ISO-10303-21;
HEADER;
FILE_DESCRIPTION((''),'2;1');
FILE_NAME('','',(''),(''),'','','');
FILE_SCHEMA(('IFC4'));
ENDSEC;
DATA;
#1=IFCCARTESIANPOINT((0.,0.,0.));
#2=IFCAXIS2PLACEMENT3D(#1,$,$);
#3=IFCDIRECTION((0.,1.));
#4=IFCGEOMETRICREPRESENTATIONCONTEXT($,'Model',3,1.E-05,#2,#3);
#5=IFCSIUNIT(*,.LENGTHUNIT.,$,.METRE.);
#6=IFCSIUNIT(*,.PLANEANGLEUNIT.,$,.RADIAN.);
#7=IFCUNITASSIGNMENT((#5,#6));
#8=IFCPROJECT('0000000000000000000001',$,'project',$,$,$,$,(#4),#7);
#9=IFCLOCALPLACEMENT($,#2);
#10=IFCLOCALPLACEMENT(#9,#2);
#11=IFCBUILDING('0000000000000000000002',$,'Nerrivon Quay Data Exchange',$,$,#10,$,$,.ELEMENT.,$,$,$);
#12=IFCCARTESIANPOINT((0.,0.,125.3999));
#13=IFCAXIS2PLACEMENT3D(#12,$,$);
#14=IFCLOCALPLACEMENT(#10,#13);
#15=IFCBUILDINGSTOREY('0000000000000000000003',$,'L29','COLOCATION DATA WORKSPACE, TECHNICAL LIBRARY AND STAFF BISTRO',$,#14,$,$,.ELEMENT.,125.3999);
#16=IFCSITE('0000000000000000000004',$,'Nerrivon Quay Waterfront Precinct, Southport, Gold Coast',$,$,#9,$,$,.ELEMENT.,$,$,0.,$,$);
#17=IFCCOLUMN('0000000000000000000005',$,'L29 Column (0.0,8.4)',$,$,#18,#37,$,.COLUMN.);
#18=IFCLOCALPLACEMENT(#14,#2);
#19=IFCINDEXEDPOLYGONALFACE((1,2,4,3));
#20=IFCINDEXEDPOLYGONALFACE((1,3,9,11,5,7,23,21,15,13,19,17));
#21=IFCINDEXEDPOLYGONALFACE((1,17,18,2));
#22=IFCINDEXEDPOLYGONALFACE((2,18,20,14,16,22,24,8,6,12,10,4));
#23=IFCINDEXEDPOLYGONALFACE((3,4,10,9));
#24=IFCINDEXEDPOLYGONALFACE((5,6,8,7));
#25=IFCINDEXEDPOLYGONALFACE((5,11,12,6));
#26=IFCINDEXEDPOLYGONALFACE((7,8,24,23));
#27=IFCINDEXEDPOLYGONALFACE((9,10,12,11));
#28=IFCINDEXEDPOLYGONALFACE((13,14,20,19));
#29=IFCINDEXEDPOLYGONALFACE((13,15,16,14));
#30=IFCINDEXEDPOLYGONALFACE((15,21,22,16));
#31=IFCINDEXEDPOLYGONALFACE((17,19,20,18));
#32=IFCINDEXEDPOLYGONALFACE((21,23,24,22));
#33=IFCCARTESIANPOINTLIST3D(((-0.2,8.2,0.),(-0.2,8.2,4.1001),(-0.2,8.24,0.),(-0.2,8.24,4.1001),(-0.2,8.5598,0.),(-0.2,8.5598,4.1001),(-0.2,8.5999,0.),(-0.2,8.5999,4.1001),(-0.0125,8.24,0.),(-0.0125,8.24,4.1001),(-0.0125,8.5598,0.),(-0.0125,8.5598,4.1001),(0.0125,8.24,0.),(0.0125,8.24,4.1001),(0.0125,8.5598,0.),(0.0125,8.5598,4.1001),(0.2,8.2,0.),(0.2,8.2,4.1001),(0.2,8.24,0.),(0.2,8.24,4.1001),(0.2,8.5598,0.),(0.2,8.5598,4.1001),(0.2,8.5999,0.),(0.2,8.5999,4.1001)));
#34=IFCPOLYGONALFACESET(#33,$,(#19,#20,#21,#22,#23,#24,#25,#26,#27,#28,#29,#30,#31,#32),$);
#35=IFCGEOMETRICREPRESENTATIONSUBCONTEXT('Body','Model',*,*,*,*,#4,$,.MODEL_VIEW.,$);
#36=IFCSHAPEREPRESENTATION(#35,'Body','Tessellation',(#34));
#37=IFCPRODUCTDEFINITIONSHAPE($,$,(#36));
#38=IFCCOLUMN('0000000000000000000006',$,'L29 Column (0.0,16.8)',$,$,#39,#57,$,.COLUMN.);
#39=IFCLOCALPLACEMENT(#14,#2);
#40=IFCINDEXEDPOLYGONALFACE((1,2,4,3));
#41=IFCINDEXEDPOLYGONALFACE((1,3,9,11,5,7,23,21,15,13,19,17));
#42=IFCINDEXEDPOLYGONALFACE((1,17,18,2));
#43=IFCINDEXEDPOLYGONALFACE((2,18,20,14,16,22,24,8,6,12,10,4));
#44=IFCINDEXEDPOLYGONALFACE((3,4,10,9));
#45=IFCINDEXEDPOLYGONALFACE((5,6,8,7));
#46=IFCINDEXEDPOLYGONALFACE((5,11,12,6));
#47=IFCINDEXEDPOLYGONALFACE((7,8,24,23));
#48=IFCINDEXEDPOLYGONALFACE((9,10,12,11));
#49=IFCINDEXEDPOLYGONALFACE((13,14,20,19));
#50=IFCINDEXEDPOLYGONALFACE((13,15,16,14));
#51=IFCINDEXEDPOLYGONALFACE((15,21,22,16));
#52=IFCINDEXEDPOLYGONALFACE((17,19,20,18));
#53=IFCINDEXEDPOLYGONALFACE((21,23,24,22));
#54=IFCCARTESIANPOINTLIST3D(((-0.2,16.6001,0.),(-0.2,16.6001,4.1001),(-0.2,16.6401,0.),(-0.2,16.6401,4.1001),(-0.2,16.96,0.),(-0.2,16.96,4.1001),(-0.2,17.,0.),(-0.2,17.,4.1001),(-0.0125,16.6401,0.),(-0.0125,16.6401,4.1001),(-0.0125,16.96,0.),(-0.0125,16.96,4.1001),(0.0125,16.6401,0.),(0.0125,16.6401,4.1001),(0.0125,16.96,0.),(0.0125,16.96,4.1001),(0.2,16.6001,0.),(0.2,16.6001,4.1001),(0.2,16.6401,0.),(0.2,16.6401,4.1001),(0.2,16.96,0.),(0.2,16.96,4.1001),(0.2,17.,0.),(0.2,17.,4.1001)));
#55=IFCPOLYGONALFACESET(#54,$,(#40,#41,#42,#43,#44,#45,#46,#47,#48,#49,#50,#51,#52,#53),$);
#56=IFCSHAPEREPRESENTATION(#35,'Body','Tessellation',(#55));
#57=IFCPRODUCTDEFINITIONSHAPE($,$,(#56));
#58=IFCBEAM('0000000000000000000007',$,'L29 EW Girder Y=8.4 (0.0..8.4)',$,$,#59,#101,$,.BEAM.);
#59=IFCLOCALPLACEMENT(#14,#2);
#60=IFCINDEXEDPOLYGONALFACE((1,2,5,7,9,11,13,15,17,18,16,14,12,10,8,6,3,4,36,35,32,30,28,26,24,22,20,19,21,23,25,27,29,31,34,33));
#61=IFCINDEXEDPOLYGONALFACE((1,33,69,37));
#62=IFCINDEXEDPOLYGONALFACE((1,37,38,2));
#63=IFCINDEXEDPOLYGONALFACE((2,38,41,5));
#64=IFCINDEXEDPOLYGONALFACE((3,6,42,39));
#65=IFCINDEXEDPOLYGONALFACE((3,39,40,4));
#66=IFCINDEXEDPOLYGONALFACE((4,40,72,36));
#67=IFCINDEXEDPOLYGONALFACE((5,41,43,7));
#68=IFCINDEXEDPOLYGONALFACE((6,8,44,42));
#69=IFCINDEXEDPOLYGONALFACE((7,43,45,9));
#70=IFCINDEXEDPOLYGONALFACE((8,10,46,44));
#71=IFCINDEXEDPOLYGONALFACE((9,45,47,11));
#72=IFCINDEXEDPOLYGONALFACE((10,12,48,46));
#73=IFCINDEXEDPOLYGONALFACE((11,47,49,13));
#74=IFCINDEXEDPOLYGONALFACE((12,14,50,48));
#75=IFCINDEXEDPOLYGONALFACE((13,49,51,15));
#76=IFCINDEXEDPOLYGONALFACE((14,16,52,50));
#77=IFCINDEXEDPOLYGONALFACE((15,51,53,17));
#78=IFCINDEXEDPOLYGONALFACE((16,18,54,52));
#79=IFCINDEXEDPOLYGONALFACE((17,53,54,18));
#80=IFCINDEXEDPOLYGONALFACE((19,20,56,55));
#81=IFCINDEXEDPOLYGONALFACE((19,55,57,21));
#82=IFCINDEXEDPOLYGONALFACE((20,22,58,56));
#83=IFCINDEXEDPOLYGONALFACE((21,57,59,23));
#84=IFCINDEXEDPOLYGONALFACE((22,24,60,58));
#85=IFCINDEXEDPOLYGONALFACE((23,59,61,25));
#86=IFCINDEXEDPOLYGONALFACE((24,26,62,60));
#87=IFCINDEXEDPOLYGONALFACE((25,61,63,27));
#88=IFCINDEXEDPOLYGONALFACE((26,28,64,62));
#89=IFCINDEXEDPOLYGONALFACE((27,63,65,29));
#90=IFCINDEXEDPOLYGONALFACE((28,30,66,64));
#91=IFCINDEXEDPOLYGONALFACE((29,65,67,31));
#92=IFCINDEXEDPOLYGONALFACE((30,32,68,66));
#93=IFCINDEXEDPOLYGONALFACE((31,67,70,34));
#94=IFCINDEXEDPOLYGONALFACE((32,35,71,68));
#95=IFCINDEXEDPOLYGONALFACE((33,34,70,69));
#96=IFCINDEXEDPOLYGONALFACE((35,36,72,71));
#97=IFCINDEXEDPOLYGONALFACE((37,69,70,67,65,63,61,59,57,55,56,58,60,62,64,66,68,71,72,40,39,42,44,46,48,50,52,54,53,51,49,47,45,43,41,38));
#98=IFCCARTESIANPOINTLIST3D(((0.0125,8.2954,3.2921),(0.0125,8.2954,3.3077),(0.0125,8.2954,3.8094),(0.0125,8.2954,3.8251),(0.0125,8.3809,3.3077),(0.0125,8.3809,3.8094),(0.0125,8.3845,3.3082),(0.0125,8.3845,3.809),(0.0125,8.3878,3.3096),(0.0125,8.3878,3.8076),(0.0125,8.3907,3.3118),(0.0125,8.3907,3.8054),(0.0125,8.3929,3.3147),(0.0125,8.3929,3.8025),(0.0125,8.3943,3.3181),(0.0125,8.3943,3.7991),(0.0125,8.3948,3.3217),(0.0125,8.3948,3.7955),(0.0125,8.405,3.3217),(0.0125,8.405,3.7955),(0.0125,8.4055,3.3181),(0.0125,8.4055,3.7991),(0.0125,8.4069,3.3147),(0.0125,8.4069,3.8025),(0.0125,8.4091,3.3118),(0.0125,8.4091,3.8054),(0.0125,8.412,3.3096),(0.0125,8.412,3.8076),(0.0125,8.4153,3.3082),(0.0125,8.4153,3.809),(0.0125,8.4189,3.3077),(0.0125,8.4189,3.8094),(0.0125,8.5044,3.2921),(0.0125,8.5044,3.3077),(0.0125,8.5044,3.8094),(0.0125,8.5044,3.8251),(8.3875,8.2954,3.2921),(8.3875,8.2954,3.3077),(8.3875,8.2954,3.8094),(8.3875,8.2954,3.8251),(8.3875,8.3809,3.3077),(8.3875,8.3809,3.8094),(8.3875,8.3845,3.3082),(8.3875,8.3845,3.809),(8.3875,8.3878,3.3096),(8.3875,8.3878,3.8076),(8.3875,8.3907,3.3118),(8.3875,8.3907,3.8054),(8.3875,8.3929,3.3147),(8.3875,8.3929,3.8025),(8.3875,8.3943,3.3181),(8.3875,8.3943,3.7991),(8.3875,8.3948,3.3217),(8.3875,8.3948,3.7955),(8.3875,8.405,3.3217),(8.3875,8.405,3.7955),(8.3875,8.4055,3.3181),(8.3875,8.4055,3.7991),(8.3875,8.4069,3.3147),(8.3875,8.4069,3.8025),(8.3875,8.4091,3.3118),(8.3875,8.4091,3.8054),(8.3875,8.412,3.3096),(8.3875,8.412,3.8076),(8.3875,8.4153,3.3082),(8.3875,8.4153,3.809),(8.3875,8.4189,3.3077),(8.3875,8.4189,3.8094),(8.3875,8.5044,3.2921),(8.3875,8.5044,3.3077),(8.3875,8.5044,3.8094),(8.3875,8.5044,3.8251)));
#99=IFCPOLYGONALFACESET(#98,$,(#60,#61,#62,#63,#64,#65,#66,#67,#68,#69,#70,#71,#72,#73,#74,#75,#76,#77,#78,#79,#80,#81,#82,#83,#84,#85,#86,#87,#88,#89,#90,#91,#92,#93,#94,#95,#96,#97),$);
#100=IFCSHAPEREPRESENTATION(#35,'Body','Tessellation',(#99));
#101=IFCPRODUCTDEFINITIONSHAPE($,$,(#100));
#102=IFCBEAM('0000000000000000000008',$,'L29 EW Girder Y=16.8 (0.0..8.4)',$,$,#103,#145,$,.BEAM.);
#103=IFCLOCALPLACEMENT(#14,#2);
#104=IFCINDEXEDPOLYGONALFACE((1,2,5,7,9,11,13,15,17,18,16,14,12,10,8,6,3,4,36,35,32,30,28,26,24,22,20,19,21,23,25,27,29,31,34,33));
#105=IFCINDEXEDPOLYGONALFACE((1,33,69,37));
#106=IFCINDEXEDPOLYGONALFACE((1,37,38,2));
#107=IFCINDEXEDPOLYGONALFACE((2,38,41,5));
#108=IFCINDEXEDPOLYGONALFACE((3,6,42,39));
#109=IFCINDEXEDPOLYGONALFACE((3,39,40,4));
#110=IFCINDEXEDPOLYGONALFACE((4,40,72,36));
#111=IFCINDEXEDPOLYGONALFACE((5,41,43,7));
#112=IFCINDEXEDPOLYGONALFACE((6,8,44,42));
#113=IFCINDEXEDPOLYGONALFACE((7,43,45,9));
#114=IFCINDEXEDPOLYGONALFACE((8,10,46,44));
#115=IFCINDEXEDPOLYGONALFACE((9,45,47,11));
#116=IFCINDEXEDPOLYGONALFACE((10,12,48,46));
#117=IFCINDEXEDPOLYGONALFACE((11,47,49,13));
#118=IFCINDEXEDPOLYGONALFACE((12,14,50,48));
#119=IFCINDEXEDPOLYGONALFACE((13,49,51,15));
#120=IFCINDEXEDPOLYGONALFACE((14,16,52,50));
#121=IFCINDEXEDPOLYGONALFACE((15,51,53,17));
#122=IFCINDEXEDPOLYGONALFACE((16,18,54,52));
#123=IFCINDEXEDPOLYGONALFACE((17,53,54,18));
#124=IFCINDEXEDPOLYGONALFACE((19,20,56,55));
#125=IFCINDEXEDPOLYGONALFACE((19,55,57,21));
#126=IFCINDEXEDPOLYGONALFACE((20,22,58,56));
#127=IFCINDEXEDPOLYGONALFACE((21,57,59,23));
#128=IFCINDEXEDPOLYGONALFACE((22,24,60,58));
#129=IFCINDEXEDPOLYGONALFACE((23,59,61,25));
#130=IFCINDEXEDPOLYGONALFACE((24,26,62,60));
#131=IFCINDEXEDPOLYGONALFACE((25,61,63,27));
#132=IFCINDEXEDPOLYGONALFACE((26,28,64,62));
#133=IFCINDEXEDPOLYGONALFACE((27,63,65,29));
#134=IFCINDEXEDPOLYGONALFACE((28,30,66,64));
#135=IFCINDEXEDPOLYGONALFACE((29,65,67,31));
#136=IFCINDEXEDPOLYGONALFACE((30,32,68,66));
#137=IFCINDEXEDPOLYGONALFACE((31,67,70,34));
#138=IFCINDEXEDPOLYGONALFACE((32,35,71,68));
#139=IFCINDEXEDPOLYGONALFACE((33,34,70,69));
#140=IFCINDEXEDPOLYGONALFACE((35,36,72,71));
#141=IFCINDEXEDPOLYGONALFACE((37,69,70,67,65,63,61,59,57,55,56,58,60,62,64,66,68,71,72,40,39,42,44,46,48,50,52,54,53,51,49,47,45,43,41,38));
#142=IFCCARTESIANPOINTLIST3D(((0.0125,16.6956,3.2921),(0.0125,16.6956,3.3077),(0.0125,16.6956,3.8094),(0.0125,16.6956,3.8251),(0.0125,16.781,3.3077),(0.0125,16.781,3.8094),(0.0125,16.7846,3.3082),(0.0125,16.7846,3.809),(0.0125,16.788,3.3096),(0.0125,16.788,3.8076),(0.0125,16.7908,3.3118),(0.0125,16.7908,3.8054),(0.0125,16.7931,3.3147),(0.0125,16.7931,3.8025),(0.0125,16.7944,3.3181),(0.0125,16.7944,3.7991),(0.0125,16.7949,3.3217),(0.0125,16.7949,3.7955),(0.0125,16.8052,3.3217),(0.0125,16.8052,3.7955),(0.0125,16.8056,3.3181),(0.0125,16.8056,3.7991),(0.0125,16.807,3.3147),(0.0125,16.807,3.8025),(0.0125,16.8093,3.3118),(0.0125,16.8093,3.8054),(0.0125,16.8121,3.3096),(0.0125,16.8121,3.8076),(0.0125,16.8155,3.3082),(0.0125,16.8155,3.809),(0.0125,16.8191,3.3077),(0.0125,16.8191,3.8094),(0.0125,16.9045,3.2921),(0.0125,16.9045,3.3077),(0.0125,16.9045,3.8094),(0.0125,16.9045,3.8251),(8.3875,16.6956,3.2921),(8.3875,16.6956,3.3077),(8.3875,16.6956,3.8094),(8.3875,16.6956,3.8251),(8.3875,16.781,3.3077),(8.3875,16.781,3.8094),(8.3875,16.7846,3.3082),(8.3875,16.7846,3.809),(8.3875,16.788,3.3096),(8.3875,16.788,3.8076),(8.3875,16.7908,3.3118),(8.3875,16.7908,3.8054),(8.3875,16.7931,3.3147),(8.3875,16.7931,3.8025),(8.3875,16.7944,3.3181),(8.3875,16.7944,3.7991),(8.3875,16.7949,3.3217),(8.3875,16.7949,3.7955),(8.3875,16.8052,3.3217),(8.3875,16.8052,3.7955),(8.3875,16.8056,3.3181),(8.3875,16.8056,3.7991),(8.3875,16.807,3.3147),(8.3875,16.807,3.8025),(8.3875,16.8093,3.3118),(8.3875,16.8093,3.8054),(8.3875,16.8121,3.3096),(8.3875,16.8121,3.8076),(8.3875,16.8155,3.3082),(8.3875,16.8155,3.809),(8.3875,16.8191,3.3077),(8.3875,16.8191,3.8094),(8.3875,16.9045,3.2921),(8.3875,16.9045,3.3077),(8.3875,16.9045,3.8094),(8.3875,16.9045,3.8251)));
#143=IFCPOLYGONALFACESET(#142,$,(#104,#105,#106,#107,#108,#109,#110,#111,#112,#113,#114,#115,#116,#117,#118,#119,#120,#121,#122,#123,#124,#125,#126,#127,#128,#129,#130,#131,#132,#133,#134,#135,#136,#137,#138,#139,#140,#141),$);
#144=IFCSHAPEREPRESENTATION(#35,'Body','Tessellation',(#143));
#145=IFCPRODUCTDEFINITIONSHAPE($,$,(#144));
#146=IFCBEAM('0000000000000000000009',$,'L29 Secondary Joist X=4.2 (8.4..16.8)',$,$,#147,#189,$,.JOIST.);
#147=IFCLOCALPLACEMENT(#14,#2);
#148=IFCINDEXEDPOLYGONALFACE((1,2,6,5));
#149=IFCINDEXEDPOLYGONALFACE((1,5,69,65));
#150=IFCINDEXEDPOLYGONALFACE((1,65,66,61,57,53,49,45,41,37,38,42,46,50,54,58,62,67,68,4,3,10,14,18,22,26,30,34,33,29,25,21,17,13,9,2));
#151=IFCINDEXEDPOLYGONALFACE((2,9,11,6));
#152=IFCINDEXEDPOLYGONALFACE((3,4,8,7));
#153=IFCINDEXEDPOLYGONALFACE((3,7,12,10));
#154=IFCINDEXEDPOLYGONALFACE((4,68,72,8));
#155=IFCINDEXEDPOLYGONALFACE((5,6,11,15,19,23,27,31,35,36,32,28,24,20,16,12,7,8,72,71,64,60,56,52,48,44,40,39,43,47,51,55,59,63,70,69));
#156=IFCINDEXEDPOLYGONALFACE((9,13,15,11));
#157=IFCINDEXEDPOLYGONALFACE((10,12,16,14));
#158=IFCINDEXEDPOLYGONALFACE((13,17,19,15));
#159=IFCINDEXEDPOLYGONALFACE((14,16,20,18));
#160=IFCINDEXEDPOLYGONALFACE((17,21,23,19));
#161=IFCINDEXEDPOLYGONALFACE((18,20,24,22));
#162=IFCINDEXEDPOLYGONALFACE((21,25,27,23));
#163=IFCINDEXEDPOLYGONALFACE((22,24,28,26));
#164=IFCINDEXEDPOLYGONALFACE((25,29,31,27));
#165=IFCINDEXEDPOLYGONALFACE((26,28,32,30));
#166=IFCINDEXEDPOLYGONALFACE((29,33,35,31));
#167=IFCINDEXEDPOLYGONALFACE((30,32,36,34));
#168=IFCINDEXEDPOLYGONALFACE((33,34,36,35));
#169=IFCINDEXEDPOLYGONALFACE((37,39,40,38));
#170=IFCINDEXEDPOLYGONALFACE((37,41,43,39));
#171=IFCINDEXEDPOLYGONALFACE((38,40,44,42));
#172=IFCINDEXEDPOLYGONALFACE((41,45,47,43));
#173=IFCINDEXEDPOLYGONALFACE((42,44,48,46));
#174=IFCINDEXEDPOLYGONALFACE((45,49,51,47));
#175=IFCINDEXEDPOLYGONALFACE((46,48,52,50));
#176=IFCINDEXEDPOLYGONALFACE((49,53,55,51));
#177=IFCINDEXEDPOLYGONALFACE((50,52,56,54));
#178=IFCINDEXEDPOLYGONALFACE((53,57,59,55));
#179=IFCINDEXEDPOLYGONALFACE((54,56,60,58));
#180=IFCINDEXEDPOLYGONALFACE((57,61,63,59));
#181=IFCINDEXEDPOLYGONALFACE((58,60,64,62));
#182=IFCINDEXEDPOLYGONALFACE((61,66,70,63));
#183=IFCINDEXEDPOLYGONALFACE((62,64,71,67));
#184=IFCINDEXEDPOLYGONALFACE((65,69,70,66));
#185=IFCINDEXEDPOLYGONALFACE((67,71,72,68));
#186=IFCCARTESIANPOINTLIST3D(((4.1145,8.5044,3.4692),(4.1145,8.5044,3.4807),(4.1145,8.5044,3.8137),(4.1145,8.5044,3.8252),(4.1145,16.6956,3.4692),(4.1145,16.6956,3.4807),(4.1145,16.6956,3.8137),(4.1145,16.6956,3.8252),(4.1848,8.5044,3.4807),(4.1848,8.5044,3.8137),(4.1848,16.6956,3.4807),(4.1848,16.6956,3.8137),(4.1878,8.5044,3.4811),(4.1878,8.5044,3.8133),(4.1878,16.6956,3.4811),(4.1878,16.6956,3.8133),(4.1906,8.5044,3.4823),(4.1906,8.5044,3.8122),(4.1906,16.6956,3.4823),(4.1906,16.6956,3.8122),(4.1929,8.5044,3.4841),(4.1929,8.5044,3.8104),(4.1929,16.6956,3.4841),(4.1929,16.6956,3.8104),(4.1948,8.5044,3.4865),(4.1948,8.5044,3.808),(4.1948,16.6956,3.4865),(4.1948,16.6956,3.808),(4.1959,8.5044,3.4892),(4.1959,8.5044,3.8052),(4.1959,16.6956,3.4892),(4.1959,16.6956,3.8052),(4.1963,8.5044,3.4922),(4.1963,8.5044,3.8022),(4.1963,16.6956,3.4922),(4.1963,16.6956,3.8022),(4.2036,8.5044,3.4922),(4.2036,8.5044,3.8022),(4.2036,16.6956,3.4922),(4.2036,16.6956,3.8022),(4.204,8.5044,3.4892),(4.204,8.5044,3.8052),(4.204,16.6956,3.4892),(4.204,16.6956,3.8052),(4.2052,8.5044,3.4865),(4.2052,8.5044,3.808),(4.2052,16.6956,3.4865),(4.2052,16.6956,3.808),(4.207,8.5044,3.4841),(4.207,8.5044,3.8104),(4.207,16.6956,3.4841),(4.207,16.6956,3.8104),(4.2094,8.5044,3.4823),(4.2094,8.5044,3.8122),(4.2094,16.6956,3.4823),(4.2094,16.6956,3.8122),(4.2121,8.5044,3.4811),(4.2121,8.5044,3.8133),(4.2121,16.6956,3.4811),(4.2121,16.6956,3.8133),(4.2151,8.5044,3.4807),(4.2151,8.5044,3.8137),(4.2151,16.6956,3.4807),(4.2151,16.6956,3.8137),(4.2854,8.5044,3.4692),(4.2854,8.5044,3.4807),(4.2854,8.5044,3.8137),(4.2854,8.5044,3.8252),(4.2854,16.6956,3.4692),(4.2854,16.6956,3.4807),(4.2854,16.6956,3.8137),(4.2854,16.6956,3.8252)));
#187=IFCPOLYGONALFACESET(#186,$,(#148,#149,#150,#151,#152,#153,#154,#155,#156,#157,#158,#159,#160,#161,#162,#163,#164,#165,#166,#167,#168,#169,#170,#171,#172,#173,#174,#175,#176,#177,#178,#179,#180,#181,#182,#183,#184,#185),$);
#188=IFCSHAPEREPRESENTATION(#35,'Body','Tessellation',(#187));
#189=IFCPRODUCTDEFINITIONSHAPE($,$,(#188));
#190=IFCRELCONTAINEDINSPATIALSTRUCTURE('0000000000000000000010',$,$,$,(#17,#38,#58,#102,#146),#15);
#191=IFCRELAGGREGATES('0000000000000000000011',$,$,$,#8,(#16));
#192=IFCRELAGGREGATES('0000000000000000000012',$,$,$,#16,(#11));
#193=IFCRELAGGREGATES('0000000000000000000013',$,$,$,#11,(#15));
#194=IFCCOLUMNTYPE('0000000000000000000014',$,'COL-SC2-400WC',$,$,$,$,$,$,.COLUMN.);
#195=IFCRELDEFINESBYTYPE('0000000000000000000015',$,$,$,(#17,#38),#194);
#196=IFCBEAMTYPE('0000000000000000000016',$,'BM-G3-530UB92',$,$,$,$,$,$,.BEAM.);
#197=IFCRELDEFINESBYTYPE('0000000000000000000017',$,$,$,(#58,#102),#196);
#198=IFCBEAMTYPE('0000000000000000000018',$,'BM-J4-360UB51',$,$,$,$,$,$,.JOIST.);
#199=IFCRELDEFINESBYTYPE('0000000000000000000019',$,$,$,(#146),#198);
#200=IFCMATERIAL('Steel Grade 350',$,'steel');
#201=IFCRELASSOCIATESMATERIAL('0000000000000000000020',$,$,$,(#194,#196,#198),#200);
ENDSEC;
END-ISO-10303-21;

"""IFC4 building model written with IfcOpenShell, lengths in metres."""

from ifc_helpers import new_model, si_unit, direction, frame, origin, origin_2d, place, context, subcontext, project, spatial, i_section, extrude, material, material_profile, profile_set, type_object, element, save


model = new_model("IFC4")

# Units and contexts
model_context = context("Model", 3, precision=1e-05, world=origin(), true_north=direction((0.0, 1.0)))
body_context = subcontext(model_context, "Body", "Model", "MODEL_VIEW")
ifc_project = project(units=[si_unit("LENGTHUNIT", "METRE"), si_unit("PLANEANGLEUNIT", "RADIAN")], contexts=[model_context])

# Site, building, storey
site_placement = place(None, origin())
site = spatial("IfcSite", under=ifc_project, at=site_placement, Name="Nerrivon Quay Waterfront Precinct, Southport, Gold Coast", CompositionType="ELEMENT", RefElevation=0.0)
building_placement = place(site_placement, origin())
building = spatial("IfcBuilding", under=site, at=building_placement, Name="Nerrivon Quay Data Exchange", CompositionType="ELEMENT")
storey_placement = place(building_placement, frame((0.0, 0.0, 125.3999)))
storey = spatial("IfcBuildingStorey", under=building, at=storey_placement, Name="L29", Description="COLOCATION DATA WORKSPACE, TECHNICAL LIBRARY AND STAFF BISTRO", CompositionType="ELEMENT", Elevation=125.3999)

# Columns
ifc_material_1 = material(Name="Steel Grade 350", Category="steel")
ifc_material_profile_1 = material_profile(ifc_material_1, i_section(OverallWidth=0.3999, OverallDepth=0.3999, WebThickness=0.0249, FlangeThickness=0.04, at=origin_2d()), Name="400WC328")
ifc_profile_set_1 = profile_set([ifc_material_profile_1], Name="Steel Grade 350")
column_type = type_object("IfcColumnType", Name="COL-SC2-400WC", PredefinedType="COLUMN", material=ifc_profile_set_1)
for number, where, z_axis, x_axis, name in (
    (1, (0.0, 8.3999, 0.0), (0.0, 0.0, 1.0), (1.0, 0.0, 0.0), "L29 Column (0.0,8.4)"),
    (2, (0.0, 16.8, 0.0), (0.0, 0.0, 1.0), (1.0, 0.0, 0.0), "L29 Column (0.0,16.8)"),
):
    element("IfcColumn", number, at=place(storey_placement, frame(where, z_axis=z_axis, x_axis=x_axis)), inside=storey, type_object=column_type, Name=name, PredefinedType="COLUMN", context=body_context, shape_type="SweptSolid", body=[
        extrude(i_section(OverallWidth=0.3999, OverallDepth=0.3999, WebThickness=0.0249, FlangeThickness=0.04, at=origin_2d()), origin(), (0.0, 0.0, 1.0), 4.1001),
    ])

# Beams
ifc_material_profile_2 = material_profile(ifc_material_1, i_section(OverallWidth=0.209, OverallDepth=0.533, WebThickness=0.0103, FlangeThickness=0.0156, FilletRadius=0.0139, at=origin_2d()), Name="530UB92.4")
ifc_profile_set_2 = profile_set([ifc_material_profile_2], Name="Steel Grade 350")
beam_type_1 = type_object("IfcBeamType", Name="BM-G3-530UB92", PredefinedType="BEAM", material=ifc_profile_set_2)
for number, where, z_axis, x_axis, name in (
    (3, (0.0125, 8.3999, 3.5586), (1.0, 0.0, 0.0), (0.0, 1.0, 0.0), "L29 EW Girder Y=8.4 (0.0..8.4)"),
    (4, (0.0125, 16.8, 3.5586), (1.0, 0.0, 0.0), (0.0, 1.0, 0.0), "L29 EW Girder Y=16.8 (0.0..8.4)"),
):
    element("IfcBeam", number, at=place(storey_placement, frame(where, z_axis=z_axis, x_axis=x_axis)), inside=storey, type_object=beam_type_1, Name=name, PredefinedType="BEAM", context=body_context, shape_type="SweptSolid", body=[
        extrude(i_section(OverallWidth=0.209, OverallDepth=0.533, WebThickness=0.0103, FlangeThickness=0.0156, FilletRadius=0.0139, at=origin_2d()), origin(), (0.0, 0.0, 1.0), 8.375),
    ])
ifc_material_profile_3 = material_profile(ifc_material_1, i_section(OverallWidth=0.1709, OverallDepth=0.356, WebThickness=0.0073, FlangeThickness=0.0115, FilletRadius=0.0115, at=origin_2d()), Name="360UB50.7")
ifc_profile_set_3 = profile_set([ifc_material_profile_3], Name="Steel Grade 350")
beam_type_2 = type_object("IfcBeamType", Name="BM-J4-360UB51", PredefinedType="JOIST", material=ifc_profile_set_3)
beam_1_placement = place(storey_placement, frame((4.2, 8.5044, 3.6472), z_axis=(0.0, 1.0, 0.0), x_axis=(-1.0, 0.0, 0.0)))
element("IfcBeam", 5, at=beam_1_placement, inside=storey, type_object=beam_type_2, Name="L29 Secondary Joist X=4.2 (8.4..16.8)", PredefinedType="JOIST", context=body_context, shape_type="SweptSolid", body=[
    extrude(i_section(OverallWidth=0.1709, OverallDepth=0.356, WebThickness=0.0073, FlangeThickness=0.0115, FilletRadius=0.0115, at=origin_2d()), origin(), (0.0, 0.0, 1.0), 8.1912),
])

save(model, "model.ifc")
